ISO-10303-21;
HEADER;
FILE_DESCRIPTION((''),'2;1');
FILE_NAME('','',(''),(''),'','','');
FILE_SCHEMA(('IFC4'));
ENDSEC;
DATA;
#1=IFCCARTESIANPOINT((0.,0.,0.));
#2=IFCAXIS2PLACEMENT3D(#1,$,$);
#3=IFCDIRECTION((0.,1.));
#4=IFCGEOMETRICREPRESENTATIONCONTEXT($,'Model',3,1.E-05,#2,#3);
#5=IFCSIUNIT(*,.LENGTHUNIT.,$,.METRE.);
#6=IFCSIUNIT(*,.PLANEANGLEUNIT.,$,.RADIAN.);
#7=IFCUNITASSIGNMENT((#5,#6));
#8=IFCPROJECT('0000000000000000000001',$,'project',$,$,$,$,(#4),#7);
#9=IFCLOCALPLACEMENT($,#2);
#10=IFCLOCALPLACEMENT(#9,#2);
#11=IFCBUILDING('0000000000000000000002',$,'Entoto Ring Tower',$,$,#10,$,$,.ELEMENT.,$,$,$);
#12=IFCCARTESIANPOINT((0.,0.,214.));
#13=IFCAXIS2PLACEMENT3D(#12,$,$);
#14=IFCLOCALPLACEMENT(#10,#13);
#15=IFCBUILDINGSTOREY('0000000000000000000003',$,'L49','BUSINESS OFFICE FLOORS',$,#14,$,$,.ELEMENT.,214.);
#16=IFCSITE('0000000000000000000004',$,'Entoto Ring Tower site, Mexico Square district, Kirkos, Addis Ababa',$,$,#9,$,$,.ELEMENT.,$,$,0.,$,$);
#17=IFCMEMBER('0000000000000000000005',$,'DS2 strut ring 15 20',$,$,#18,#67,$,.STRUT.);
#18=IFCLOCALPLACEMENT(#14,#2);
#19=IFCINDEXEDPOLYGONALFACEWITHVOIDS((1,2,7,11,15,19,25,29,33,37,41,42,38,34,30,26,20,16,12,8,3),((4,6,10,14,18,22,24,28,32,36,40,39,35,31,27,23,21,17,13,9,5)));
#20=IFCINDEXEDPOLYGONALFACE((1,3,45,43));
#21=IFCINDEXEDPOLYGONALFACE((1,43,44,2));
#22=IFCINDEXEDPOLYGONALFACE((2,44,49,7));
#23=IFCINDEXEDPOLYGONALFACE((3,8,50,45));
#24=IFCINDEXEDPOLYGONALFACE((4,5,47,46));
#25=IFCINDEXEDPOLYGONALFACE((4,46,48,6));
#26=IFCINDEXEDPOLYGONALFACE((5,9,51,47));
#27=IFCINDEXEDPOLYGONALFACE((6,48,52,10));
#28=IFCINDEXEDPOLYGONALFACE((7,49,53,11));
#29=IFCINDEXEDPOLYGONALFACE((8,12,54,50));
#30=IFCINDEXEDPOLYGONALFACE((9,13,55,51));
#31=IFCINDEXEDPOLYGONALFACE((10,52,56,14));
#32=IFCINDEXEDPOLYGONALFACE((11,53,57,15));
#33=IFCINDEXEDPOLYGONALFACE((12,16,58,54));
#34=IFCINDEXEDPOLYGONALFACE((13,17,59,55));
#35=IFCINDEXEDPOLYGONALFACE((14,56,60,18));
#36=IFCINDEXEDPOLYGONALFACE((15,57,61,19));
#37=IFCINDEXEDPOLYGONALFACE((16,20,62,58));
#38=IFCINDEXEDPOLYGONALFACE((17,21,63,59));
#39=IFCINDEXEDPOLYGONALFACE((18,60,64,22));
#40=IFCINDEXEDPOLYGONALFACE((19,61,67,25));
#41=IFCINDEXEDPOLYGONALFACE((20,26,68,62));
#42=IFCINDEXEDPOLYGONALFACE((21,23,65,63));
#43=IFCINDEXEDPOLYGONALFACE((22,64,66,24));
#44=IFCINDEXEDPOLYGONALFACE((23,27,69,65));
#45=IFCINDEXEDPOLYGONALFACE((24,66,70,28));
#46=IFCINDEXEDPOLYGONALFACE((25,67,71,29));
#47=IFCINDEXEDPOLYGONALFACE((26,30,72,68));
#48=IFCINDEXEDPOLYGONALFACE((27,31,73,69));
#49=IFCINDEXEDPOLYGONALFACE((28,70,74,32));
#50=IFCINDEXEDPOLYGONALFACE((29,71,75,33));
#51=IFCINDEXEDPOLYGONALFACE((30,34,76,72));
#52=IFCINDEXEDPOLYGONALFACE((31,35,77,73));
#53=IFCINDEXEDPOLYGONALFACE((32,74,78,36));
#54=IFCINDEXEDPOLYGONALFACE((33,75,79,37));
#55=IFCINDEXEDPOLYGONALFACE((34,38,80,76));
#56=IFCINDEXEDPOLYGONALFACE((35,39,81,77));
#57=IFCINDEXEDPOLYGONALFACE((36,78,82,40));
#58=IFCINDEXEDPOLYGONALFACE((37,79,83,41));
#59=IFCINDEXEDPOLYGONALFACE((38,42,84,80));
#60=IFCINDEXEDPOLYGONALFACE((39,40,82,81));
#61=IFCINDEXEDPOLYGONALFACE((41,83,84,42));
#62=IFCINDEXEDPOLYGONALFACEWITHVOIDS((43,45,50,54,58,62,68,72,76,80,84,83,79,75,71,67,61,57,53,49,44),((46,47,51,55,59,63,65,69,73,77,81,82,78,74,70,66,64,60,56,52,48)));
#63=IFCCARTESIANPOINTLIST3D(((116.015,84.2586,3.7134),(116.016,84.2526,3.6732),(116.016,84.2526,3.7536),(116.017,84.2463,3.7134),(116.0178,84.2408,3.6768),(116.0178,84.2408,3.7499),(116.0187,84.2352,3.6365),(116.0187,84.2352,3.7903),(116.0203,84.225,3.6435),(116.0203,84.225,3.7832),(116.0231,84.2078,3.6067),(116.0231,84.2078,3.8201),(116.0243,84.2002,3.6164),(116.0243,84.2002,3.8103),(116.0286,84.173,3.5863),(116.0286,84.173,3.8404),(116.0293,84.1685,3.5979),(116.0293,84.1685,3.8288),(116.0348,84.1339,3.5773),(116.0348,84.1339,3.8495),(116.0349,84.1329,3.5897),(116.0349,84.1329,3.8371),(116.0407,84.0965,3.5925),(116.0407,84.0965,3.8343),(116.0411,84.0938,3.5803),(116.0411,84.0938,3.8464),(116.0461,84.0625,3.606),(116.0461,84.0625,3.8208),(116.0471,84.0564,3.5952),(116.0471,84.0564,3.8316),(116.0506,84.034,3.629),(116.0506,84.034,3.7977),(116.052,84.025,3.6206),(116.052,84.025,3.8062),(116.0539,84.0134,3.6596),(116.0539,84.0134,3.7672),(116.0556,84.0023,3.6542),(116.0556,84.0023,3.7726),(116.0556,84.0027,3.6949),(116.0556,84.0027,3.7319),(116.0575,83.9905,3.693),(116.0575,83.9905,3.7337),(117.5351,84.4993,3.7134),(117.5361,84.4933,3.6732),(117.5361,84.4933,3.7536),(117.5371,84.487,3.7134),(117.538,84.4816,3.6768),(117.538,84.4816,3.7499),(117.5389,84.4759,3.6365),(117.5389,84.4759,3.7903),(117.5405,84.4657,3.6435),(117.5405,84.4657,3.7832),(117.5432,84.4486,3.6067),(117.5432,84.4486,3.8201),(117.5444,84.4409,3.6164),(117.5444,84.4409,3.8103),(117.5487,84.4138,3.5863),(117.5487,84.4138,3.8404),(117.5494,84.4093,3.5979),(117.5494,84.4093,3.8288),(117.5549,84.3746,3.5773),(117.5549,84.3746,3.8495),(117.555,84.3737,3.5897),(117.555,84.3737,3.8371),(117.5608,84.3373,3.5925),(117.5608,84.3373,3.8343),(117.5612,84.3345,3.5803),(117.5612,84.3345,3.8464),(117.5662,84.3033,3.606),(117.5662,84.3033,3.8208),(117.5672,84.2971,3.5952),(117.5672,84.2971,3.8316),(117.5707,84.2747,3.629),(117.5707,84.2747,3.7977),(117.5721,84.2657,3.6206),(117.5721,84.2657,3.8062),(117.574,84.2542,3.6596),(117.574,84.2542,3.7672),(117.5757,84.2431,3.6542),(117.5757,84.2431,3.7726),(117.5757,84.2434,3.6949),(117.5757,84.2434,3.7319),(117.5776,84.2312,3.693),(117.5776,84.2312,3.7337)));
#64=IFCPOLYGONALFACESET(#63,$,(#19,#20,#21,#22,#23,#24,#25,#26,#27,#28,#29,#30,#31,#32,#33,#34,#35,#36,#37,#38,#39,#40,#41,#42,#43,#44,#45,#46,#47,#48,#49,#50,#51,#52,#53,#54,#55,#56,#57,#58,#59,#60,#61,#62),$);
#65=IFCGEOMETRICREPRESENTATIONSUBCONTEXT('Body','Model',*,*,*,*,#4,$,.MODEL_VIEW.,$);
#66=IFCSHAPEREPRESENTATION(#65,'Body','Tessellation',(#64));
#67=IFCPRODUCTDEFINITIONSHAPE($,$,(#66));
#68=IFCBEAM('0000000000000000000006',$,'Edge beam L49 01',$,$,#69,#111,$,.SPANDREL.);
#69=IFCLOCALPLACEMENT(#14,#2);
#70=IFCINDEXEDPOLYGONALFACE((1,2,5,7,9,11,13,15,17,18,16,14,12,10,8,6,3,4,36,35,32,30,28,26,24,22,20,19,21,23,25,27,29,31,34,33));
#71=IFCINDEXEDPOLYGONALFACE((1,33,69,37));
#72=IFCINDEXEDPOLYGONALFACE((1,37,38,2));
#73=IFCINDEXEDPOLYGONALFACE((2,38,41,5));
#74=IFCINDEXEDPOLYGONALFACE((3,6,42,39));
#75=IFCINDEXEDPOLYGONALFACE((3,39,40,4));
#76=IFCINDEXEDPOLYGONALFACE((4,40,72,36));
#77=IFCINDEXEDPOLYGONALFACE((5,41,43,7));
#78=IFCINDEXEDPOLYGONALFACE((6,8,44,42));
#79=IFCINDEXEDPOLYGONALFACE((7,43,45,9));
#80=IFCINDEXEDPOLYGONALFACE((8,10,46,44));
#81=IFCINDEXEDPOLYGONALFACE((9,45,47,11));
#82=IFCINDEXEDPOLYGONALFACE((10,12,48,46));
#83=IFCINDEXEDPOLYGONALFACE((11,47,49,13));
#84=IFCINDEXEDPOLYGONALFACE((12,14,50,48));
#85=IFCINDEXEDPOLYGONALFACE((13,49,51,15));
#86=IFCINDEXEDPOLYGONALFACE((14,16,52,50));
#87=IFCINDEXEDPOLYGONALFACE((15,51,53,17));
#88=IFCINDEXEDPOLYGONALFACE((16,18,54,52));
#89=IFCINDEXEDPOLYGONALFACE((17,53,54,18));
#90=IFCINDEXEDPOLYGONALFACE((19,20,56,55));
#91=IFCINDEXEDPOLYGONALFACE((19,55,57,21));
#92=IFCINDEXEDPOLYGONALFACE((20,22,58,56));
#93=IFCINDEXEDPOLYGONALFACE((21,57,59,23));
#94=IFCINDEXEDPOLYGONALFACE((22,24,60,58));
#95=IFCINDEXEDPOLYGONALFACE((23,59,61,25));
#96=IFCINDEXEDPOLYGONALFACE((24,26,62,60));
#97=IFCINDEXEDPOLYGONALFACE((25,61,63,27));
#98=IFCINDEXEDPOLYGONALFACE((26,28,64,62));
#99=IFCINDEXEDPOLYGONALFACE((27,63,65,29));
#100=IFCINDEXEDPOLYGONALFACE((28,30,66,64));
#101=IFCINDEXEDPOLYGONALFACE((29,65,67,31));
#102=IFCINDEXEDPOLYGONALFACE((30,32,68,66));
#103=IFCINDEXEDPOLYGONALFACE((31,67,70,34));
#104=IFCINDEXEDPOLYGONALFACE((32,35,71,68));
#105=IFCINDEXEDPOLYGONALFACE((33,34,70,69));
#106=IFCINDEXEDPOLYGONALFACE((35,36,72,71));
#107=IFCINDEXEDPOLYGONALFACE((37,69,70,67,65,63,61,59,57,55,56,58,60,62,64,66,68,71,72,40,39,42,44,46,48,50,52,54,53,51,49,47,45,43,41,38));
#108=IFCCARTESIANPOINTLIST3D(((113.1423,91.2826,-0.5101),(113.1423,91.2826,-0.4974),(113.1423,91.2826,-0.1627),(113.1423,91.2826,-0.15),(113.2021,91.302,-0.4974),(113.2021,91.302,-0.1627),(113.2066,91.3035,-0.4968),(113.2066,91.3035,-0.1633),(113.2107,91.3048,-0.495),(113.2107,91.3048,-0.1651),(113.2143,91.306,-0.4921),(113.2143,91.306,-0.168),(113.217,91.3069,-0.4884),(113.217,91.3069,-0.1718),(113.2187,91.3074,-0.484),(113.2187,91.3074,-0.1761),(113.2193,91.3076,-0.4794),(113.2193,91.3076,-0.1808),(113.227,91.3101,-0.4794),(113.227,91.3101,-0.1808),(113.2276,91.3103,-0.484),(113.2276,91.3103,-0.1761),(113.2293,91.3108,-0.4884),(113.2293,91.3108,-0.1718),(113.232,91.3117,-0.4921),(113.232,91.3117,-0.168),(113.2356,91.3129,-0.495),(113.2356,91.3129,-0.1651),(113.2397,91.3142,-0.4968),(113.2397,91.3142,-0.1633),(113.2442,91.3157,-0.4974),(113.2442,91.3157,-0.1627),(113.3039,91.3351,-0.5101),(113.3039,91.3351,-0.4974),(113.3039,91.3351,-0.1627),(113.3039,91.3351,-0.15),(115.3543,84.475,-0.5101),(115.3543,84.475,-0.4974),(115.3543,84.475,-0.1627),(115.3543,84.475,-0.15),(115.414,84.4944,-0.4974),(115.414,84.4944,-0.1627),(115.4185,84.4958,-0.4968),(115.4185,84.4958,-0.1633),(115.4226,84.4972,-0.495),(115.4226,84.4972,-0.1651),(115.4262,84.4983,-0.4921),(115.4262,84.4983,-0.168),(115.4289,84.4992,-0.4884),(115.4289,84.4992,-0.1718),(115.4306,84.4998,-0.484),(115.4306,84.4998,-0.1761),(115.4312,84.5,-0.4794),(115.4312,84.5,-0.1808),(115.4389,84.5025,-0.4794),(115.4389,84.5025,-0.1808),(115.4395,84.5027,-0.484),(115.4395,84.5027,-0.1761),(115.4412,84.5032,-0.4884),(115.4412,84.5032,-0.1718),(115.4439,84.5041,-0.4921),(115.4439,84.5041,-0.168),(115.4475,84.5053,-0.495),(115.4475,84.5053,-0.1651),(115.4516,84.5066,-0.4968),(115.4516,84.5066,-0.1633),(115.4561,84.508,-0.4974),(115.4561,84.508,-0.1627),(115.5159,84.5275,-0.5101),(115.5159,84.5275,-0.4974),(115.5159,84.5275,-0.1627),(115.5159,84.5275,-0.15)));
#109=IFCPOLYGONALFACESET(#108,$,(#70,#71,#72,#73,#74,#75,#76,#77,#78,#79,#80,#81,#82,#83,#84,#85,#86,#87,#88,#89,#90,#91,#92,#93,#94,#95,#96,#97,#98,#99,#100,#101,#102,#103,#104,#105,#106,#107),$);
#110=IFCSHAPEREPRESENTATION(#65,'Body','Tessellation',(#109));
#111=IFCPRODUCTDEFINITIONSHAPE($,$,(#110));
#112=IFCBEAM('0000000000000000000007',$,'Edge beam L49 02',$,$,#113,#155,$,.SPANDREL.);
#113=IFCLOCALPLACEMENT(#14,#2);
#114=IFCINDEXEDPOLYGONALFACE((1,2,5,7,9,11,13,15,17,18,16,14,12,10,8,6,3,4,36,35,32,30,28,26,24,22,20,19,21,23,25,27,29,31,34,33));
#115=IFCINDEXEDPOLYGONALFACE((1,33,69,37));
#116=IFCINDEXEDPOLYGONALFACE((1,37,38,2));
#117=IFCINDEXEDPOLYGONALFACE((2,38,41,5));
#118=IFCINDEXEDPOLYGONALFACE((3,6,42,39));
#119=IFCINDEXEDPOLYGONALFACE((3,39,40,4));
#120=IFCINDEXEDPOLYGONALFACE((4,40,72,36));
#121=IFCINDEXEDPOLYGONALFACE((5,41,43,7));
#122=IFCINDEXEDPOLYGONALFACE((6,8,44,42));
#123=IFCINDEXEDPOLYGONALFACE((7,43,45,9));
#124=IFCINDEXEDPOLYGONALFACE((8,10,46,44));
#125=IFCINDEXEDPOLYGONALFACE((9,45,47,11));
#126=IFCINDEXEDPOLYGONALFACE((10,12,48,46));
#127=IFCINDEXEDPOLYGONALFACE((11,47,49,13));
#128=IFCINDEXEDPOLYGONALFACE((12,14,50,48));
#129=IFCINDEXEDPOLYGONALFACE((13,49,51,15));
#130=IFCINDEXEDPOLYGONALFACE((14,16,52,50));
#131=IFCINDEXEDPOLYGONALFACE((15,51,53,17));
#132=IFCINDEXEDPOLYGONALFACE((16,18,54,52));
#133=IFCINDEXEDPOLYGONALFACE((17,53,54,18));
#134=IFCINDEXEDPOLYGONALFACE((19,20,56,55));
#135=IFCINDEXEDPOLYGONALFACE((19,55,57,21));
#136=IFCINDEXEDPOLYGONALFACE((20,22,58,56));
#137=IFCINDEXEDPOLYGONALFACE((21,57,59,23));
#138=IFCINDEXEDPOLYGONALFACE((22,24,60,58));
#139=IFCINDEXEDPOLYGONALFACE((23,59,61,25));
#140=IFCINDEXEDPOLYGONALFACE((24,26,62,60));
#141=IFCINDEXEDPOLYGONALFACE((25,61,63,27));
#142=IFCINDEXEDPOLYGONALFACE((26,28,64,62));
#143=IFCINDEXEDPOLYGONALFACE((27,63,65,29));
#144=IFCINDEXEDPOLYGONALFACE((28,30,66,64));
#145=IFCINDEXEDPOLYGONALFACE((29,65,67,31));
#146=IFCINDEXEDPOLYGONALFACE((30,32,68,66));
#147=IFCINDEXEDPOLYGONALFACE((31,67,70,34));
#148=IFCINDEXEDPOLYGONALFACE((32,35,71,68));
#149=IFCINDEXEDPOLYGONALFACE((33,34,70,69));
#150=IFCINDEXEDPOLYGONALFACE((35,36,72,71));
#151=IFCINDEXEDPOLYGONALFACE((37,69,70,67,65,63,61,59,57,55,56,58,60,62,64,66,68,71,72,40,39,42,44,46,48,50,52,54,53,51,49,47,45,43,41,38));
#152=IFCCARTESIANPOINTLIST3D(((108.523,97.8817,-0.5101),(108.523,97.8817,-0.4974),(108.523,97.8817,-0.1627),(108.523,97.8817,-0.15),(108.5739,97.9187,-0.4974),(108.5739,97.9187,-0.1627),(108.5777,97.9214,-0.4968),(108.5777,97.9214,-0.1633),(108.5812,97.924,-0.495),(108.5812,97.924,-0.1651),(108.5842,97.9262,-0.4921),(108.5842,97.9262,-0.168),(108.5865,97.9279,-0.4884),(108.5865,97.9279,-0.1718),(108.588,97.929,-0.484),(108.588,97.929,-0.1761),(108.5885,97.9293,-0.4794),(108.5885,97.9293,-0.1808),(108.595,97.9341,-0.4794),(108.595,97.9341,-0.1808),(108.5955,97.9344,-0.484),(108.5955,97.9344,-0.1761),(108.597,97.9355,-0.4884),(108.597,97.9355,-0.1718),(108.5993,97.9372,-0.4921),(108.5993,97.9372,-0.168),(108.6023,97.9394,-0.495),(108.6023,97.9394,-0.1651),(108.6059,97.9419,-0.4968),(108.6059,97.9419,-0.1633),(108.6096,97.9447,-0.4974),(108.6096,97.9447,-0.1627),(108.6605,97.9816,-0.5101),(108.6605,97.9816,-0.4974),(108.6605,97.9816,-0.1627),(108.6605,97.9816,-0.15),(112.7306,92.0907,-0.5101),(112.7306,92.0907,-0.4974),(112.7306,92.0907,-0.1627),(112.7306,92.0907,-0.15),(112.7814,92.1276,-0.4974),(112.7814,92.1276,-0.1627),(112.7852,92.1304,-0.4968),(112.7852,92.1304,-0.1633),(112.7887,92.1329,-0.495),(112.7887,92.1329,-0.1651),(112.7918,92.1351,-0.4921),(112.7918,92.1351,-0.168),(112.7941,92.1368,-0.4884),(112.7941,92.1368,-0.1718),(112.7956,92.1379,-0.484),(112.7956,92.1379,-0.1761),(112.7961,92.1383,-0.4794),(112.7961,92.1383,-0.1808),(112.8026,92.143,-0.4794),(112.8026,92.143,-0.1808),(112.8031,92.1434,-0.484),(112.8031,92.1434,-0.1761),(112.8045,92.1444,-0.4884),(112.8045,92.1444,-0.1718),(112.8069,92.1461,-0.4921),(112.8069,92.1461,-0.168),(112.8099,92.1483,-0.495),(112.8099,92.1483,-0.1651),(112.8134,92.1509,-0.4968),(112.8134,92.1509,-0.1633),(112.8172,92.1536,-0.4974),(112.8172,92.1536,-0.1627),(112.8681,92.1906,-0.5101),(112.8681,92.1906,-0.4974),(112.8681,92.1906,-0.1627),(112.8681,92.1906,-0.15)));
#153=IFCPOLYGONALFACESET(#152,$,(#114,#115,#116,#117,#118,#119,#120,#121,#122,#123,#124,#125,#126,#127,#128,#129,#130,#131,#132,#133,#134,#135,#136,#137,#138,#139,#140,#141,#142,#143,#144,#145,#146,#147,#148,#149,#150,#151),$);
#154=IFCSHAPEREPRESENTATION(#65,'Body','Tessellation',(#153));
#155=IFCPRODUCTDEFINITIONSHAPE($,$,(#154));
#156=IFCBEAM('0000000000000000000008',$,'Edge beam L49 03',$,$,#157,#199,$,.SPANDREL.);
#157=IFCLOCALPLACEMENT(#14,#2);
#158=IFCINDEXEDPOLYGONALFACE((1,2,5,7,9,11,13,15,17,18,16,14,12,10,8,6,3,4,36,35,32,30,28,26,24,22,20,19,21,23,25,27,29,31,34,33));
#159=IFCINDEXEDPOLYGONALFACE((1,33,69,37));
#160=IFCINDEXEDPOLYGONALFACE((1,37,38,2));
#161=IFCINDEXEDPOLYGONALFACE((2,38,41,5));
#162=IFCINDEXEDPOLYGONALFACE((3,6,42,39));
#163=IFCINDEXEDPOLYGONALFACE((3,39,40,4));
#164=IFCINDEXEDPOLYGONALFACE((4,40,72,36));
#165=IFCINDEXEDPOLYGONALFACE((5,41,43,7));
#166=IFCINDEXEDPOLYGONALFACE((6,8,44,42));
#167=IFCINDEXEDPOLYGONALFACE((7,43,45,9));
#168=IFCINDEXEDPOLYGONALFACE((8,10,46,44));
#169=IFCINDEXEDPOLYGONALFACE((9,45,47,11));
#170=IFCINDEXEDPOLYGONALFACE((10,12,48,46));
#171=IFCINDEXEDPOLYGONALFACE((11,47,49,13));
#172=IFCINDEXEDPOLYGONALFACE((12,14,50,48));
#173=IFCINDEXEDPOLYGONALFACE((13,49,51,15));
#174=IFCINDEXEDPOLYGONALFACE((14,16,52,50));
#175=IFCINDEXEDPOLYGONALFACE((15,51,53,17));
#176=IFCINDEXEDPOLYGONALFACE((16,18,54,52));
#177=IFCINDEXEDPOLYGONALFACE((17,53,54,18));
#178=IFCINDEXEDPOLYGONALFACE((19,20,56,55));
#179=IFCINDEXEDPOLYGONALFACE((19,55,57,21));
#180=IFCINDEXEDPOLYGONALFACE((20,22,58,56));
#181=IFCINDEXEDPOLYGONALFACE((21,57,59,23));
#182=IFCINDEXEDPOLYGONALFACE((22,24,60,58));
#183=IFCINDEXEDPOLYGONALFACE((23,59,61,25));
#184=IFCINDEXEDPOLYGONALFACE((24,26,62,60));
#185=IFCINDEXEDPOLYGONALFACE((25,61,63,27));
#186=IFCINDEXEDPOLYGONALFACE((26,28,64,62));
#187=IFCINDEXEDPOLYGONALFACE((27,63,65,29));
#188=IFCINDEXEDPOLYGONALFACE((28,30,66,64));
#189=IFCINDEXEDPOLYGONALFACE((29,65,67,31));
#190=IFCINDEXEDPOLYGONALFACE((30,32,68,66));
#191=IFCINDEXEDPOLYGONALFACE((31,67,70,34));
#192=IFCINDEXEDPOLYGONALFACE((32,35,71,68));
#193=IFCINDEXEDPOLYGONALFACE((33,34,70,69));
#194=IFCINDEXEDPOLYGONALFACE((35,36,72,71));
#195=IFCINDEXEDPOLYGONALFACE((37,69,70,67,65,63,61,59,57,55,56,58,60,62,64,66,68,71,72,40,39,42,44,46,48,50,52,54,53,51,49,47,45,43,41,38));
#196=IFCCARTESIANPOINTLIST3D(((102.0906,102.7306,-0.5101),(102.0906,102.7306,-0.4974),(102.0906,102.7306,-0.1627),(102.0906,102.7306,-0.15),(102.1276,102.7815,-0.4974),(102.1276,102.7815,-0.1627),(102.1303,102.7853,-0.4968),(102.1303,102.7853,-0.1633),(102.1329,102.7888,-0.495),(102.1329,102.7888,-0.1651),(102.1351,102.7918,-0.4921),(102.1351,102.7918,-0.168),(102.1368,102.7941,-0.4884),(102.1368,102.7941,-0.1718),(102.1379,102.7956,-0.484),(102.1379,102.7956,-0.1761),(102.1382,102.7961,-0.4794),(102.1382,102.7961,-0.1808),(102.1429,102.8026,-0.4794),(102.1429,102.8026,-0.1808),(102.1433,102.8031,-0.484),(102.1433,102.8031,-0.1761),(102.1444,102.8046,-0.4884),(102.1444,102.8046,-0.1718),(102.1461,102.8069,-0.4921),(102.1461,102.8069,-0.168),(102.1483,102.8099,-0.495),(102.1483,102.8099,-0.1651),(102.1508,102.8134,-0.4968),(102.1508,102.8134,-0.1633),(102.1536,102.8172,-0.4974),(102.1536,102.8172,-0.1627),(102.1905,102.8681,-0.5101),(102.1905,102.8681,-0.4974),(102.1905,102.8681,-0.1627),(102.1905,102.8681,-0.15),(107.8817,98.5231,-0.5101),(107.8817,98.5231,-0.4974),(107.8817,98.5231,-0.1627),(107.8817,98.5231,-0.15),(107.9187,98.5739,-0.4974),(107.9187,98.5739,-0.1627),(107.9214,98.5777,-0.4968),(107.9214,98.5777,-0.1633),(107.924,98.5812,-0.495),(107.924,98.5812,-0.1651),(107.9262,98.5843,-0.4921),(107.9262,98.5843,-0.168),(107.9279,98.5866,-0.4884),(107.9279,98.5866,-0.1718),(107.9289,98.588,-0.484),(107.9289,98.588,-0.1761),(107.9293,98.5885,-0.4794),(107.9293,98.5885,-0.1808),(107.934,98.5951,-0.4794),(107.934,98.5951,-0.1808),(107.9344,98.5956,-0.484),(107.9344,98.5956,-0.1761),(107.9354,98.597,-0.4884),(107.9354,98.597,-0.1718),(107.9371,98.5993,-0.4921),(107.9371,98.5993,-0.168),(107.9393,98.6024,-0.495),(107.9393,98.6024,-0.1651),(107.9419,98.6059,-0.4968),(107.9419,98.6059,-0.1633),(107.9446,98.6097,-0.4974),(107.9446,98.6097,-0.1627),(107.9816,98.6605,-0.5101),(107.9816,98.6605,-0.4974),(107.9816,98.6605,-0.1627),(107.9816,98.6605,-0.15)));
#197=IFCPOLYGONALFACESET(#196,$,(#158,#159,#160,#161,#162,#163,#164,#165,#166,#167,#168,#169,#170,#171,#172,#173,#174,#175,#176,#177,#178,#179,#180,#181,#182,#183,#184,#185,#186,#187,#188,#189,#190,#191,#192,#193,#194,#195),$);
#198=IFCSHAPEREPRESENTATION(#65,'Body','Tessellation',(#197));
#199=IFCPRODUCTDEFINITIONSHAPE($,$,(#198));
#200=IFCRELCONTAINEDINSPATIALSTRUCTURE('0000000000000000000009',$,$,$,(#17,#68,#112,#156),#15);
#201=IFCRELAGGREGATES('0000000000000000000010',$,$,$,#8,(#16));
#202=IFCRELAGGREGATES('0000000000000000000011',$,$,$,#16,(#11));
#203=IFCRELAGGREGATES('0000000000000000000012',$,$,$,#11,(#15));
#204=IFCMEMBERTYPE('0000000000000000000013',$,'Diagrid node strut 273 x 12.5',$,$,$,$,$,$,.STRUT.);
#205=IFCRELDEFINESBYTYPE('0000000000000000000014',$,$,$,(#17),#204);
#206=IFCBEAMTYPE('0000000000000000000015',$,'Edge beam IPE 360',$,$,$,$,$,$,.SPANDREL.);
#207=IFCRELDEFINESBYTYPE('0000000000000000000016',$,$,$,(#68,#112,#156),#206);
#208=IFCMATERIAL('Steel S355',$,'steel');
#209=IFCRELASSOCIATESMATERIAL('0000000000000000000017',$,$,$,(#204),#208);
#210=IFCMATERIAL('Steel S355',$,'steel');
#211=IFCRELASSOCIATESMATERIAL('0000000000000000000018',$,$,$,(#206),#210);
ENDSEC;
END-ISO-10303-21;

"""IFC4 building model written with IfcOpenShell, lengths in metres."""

from ifc_helpers import new_model, si_unit, direction, frame, origin, origin_2d, place, context, subcontext, project, spatial, circle, hollow_circle, i_section, extrude, material, material_profile, profile_set, type_object, element, save


model = new_model("IFC4")

# Units and contexts
model_context = context("Model", 3, precision=1e-05, world=origin(), true_north=direction((0.0, 1.0)))
body_context = subcontext(model_context, "Body", "Model", "MODEL_VIEW")
ifc_project = project(units=[si_unit("LENGTHUNIT", "METRE"), si_unit("PLANEANGLEUNIT", "RADIAN")], contexts=[model_context])

# Site, building, storey
site_placement = place(None, origin())
site = spatial("IfcSite", under=ifc_project, at=site_placement, Name="Entoto Ring Tower site, Mexico Square district, Kirkos, Addis Ababa", CompositionType="ELEMENT", RefElevation=0.0)
building_placement = place(site_placement, origin())
building = spatial("IfcBuilding", under=site, at=building_placement, Name="Entoto Ring Tower", CompositionType="ELEMENT")
storey_placement = place(building_placement, frame((0.0, 0.0, 214.0)))
storey = spatial("IfcBuildingStorey", under=building, at=storey_placement, Name="L49", Description="BUSINESS OFFICE FLOORS", CompositionType="ELEMENT", Elevation=214.0)

# Member
ifc_material_1 = material(Name="Steel S355", Category="steel")
ifc_material_profile_1 = material_profile(ifc_material_1, hollow_circle(Radius=0.1365, WallThickness=0.0125, at=origin_2d()), Name="CHS 273 x 12.5")
ifc_material_2 = material(Name="Concrete C60/75", Category="concrete")
ifc_material_profile_2 = material_profile(ifc_material_2, circle(Radius=0.124, at=origin_2d()), Name="Concrete C60/75 infill")
ifc_profile_set_1 = profile_set([ifc_material_profile_1, ifc_material_profile_2], Name="Steel S355")
member_type = type_object("IfcMemberType", Name="Diagrid node strut 273 x 12.5", PredefinedType="STRUT", material=ifc_profile_set_1)
for number, where, z_axis, x_axis, name in (
    (1, (116.0364, 84.1238, 3.7134), (0.987691, 0.156419, 0.0), (-0.156419, 0.987691, 0.0), "DS2 strut ring 15 20"),
):
    element("IfcMember", number, at=place(storey_placement, frame(where, z_axis=z_axis, x_axis=x_axis)), inside=storey, type_object=member_type, Name=name, PredefinedType="STRUT", context=body_context, shape_type="SweptSolid", body=[
        extrude(hollow_circle(Radius=0.1365, WallThickness=0.0125, at=origin_2d()), origin(), (0.0, 0.0, 1.0), 1.5391),
    ])

# Beams
ifc_material_3 = material(Name="Steel S355", Category="steel")
ifc_material_profile_3 = material_profile(ifc_material_3, i_section(OverallWidth=0.1699, OverallDepth=0.3601, WebThickness=0.0081, FlangeThickness=0.0127, FilletRadius=0.0181, at=origin_2d()), Name="IPE 360")
ifc_profile_set_2 = profile_set([ifc_material_profile_3], Name="Steel S355")
beam_type_1 = type_object("IfcBeamType", Name="Edge beam IPE 360", PredefinedType="SPANDREL", material=ifc_profile_set_2)
beam_1_placement = place(storey_placement, frame((115.4351, 84.5012, -0.3301), z_axis=(-0.309015, 0.951057, 0.0), x_axis=(-0.951057, -0.309015, 0.0)))
element("IfcBeam", 2, at=beam_1_placement, inside=storey, type_object=beam_type_1, Name="Edge beam L49 01", PredefinedType="SPANDREL", context=body_context, shape_type="SweptSolid", body=[
    extrude(i_section(OverallWidth=0.1699, OverallDepth=0.3601, WebThickness=0.0081, FlangeThickness=0.0127, FilletRadius=0.0181, at=origin_2d()), origin(), (0.0, 0.0, 1.0), 7.158),
])
for number, where, z_axis, x_axis, name in (
    (3, (112.7993, 92.1406, -0.3301), (-0.587794, 0.80901, 0.0), (-0.80901, -0.587794, 0.0), "Edge beam L49 02"),
    (4, (107.9316, 98.5918, -0.3301), (-0.80901, 0.587794, 0.0), (-0.587794, -0.80901, 0.0), "Edge beam L49 03"),
):
    element("IfcBeam", number, at=place(storey_placement, frame(where, z_axis=z_axis, x_axis=x_axis)), inside=storey, type_object=beam_type_1, Name=name, PredefinedType="SPANDREL", context=body_context, shape_type="SweptSolid", body=[
        extrude(i_section(OverallWidth=0.1699, OverallDepth=0.3601, WebThickness=0.0081, FlangeThickness=0.0127, FilletRadius=0.0181, at=origin_2d()), origin(), (0.0, 0.0, 1.0), 7.1582),
    ])

save(model, "model.ifc")
